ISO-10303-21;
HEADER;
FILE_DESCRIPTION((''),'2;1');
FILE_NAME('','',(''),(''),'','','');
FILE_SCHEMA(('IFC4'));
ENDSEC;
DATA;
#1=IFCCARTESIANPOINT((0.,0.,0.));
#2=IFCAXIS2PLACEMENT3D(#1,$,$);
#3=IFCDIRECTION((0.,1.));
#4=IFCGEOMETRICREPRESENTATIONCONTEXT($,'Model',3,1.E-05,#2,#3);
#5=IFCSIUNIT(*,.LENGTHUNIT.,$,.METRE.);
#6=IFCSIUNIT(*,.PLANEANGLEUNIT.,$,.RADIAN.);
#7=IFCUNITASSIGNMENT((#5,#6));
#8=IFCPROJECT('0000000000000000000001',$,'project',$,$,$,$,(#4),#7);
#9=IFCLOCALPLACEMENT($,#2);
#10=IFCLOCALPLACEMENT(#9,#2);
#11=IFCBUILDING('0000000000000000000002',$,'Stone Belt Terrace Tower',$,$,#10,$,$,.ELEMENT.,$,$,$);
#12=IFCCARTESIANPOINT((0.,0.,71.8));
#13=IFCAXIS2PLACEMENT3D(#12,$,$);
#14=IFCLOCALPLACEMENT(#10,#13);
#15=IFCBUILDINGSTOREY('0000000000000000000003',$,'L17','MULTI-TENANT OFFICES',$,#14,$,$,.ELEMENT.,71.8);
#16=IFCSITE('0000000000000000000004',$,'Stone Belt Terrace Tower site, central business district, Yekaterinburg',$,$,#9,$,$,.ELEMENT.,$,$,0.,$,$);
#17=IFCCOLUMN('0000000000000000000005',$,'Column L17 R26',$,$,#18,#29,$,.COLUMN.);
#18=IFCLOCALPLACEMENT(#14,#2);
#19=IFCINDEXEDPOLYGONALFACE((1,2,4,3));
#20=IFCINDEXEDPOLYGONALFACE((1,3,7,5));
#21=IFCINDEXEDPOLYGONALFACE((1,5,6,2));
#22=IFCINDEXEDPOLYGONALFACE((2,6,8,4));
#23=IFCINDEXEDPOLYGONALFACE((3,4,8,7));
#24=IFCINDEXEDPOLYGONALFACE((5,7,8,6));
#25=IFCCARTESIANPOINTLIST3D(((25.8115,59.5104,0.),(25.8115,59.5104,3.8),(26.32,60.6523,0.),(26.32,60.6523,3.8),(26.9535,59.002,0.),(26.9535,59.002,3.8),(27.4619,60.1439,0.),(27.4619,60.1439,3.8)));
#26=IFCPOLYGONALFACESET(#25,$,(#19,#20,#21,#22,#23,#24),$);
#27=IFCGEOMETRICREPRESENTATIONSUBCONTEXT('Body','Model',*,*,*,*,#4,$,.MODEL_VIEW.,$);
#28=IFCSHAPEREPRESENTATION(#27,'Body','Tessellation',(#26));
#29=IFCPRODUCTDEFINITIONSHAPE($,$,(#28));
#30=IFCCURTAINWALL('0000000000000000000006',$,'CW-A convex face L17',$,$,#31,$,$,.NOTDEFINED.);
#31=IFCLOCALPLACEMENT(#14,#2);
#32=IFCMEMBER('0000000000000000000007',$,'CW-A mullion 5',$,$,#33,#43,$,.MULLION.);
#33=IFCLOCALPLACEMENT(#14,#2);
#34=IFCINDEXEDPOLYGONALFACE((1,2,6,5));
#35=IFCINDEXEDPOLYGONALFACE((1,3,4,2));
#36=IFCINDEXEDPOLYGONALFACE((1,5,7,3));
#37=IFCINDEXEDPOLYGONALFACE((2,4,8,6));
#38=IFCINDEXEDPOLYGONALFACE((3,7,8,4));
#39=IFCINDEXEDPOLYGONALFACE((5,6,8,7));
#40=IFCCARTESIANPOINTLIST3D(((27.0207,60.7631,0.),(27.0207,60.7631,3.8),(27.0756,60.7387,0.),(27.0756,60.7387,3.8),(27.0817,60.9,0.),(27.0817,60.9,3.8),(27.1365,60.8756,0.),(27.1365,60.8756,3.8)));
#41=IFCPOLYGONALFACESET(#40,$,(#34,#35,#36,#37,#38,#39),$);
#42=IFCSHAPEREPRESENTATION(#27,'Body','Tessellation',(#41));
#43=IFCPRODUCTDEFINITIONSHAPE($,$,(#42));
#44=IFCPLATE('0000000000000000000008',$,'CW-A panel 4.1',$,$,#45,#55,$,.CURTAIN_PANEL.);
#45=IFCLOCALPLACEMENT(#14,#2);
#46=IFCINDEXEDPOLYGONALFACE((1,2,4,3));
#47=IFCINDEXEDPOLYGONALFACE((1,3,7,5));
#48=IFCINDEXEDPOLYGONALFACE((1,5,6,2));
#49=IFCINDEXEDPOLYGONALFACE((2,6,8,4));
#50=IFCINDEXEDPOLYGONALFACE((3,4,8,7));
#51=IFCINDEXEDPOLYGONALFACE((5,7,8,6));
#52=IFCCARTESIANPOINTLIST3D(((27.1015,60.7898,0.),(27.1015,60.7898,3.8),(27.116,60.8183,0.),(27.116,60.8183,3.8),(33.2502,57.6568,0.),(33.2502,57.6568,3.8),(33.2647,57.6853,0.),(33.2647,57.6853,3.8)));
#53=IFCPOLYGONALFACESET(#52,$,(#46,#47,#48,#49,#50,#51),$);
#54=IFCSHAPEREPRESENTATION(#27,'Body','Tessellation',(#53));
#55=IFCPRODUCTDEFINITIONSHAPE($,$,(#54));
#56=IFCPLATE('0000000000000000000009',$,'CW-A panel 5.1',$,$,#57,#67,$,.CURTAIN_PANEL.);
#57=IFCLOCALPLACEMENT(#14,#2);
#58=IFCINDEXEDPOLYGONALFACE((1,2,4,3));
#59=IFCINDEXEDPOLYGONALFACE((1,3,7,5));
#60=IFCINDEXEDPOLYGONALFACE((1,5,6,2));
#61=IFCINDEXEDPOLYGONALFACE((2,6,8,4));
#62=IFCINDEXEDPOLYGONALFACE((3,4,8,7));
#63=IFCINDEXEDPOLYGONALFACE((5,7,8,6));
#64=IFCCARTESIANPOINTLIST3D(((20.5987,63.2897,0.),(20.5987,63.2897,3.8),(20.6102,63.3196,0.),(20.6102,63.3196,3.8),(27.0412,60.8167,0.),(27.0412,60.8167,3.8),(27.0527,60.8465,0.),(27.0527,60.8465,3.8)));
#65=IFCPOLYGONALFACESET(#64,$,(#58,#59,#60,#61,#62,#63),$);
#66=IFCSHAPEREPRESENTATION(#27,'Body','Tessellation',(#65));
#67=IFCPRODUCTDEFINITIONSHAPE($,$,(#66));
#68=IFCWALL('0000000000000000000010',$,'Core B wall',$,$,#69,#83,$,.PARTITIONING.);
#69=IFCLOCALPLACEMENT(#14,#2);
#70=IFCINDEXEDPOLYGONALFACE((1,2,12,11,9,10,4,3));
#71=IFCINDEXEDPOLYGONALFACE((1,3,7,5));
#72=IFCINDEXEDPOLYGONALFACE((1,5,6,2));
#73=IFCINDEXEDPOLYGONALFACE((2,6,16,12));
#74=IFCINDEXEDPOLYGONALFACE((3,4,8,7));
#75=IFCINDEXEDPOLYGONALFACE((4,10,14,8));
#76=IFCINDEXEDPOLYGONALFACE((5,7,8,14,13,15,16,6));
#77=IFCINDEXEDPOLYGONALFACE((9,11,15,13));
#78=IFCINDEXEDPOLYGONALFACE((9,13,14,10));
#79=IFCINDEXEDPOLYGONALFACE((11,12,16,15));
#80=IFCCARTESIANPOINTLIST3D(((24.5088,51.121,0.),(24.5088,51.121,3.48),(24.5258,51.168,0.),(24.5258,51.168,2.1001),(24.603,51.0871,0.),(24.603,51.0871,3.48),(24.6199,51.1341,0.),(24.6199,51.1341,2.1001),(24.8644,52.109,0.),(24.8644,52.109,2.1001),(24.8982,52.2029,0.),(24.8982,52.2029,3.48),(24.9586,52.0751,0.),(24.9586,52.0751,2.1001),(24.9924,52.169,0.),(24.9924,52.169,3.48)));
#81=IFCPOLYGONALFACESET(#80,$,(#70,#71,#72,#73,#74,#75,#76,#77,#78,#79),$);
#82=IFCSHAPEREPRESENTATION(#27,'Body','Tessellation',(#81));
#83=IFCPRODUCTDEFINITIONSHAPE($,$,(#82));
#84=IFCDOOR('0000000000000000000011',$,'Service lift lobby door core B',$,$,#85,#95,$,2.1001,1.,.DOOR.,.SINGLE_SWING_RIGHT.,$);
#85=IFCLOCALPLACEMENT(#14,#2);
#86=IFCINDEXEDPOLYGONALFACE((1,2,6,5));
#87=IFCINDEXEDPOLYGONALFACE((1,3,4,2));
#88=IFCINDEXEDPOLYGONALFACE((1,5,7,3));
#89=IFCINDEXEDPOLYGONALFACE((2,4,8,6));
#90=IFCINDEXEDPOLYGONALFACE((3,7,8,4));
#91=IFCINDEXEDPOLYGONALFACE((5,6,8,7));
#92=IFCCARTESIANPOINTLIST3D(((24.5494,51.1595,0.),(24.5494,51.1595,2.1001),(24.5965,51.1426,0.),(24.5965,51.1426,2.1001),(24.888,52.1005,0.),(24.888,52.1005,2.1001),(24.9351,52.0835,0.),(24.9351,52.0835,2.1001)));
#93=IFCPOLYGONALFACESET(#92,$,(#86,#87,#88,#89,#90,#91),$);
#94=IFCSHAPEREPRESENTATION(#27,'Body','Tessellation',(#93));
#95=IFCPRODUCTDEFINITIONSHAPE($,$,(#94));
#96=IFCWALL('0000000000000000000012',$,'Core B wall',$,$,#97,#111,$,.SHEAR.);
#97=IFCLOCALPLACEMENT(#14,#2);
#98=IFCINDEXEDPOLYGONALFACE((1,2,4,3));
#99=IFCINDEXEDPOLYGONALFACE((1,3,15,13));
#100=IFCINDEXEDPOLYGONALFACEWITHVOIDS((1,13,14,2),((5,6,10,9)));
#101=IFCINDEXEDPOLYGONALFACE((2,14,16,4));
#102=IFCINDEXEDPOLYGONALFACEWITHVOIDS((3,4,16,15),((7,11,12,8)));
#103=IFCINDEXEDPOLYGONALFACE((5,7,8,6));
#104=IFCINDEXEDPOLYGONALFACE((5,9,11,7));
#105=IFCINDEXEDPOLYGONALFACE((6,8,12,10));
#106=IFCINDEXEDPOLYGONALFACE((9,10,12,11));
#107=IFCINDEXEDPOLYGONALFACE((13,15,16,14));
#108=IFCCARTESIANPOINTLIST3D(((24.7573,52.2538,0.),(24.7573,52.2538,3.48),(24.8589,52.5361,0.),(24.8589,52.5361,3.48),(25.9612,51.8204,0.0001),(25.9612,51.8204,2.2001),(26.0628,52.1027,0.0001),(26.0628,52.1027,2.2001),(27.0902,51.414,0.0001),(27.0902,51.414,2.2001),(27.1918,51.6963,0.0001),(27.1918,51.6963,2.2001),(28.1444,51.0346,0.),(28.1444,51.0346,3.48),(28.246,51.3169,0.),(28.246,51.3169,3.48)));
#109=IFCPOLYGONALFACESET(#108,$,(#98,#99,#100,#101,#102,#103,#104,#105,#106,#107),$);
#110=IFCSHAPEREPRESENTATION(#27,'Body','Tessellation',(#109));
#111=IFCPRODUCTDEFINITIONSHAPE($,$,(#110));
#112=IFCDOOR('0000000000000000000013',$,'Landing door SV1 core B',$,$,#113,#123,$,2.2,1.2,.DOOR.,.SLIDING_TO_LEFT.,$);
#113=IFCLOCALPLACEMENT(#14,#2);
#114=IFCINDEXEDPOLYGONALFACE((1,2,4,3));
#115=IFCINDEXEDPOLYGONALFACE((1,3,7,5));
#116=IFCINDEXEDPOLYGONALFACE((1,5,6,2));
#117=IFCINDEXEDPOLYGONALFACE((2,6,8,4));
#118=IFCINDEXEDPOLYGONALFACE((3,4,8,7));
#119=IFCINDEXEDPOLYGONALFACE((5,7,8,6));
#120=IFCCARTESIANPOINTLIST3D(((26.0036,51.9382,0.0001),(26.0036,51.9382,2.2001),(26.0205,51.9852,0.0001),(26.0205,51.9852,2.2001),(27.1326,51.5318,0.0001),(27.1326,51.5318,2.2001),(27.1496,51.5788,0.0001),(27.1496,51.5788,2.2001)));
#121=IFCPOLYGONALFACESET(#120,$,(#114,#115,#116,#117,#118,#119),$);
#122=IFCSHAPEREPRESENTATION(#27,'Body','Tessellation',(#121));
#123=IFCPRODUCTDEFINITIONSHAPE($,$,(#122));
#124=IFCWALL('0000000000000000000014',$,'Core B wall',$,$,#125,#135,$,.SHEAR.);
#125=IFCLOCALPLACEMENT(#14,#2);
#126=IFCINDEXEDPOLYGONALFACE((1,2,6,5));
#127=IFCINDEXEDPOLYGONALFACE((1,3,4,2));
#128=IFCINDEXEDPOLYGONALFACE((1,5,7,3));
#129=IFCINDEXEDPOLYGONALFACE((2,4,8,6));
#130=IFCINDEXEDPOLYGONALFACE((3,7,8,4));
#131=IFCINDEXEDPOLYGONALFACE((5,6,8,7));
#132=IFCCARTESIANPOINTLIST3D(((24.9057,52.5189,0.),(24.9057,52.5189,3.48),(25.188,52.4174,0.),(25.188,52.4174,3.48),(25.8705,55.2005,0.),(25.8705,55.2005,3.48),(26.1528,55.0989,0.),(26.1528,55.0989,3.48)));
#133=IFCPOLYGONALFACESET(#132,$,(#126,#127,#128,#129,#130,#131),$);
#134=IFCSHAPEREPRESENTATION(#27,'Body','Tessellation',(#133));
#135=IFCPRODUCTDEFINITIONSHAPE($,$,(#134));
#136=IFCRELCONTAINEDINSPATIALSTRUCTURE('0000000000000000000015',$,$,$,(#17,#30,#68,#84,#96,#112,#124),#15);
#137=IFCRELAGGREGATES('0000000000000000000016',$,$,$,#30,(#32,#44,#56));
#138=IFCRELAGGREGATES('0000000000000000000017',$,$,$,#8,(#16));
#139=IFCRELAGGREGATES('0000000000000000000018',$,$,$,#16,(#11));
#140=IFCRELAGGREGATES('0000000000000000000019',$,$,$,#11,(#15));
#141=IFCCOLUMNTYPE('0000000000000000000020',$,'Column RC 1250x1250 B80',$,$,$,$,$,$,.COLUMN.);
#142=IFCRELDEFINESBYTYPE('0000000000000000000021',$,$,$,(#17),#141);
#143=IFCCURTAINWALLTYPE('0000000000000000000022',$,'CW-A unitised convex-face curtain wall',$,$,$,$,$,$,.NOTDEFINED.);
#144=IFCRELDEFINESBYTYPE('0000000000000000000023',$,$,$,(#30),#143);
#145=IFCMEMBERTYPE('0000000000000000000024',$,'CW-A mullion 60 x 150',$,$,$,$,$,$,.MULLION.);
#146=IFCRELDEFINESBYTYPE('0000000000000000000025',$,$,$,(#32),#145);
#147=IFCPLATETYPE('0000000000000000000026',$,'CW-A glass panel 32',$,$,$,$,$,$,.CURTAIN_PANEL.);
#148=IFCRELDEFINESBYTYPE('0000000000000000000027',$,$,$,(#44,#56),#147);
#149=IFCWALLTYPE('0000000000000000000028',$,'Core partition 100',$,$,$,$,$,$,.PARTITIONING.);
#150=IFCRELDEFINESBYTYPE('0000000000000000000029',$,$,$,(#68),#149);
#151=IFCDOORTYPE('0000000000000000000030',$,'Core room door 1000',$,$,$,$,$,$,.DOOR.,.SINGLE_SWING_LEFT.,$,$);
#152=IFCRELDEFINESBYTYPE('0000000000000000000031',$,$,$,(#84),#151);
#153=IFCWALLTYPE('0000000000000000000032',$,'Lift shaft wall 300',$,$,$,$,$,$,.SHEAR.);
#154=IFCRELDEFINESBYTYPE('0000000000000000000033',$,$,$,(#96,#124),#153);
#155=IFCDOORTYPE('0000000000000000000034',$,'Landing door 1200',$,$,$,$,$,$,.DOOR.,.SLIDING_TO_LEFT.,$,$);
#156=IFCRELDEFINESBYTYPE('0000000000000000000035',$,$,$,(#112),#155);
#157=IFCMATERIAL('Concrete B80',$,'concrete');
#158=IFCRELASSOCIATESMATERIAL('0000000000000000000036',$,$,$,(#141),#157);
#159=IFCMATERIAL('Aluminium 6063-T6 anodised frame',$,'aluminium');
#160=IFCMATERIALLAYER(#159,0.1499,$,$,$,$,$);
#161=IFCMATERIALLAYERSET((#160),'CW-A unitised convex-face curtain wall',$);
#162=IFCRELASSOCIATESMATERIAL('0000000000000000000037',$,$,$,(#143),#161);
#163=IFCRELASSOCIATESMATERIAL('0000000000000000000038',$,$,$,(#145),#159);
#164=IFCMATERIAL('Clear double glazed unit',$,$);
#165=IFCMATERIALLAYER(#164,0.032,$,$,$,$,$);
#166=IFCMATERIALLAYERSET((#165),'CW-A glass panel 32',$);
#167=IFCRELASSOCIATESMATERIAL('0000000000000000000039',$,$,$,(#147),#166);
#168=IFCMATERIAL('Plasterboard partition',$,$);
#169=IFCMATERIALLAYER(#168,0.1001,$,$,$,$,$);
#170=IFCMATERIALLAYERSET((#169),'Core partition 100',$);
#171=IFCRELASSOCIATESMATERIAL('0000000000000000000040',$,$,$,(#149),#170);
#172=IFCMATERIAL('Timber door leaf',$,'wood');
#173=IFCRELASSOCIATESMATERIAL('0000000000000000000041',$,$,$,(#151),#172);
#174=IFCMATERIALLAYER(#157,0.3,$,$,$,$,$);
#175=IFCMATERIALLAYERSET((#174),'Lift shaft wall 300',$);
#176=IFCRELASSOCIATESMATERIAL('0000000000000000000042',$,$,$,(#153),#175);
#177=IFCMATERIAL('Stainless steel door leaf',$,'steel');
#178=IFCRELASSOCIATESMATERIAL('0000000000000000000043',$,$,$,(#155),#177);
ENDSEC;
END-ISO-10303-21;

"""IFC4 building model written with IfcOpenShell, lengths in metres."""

from ifc_helpers import new_model, si_unit, direction, frame, frame_2d, origin, origin_2d, place, context, subcontext, project, spatial, rectangle, extrude, material, layer, layer_set, material_profile, profile_set, type_object, element, fill, aggregate, save


model = new_model("IFC4")

# Units and contexts
model_context = context("Model", 3, precision=1e-05, world=origin(), true_north=direction((0.0, 1.0)))
body_context = subcontext(model_context, "Body", "Model", "MODEL_VIEW")
ifc_project = project(units=[si_unit("LENGTHUNIT", "METRE"), si_unit("PLANEANGLEUNIT", "RADIAN")], contexts=[model_context])

# Site, building, storey
site_placement = place(None, origin())
site = spatial("IfcSite", under=ifc_project, at=site_placement, Name="Stone Belt Terrace Tower site, central business district, Yekaterinburg", CompositionType="ELEMENT", RefElevation=0.0)
building_placement = place(site_placement, origin())
building = spatial("IfcBuilding", under=site, at=building_placement, Name="Stone Belt Terrace Tower", CompositionType="ELEMENT")
storey_placement = place(building_placement, frame((0.0, 0.0, 71.8)))
storey = spatial("IfcBuildingStorey", under=building, at=storey_placement, Name="L17", Description="MULTI-TENANT OFFICES", CompositionType="ELEMENT", Elevation=71.8)

# Column
ifc_material_1 = material(Name="Concrete B80", Category="concrete")
ifc_material_profile_1 = material_profile(ifc_material_1, rectangle(XDim=1.25, YDim=1.25, at=origin_2d()), Name="RC 1250x1250")
ifc_profile_set_1 = profile_set([ifc_material_profile_1], Name="Concrete B80")
column_type = type_object("IfcColumnType", Name="Column RC 1250x1250 B80", PredefinedType="COLUMN", material=ifc_profile_set_1)
column_placement = place(storey_placement, frame((26.6367, 59.8271, 0.0), z_axis=(0.0, 0.0, 1.0), x_axis=(0.913545, -0.406737, 0.0)))
element("IfcColumn", 1, at=column_placement, inside=storey, type_object=column_type, Name="Column L17 R26", PredefinedType="COLUMN", context=body_context, shape_type="SweptSolid", body=[
    extrude(rectangle(XDim=1.25, YDim=1.25, at=origin_2d()), origin(), (0.0, 0.0, 1.0), 3.8),
])

# Curtain wall, member, plates
ifc_material_2 = material(Name="Aluminium 6063-T6 anodised frame", Category="aluminium")
ifc_layer_1 = layer(ifc_material_2, 0.1499)
ifc_layer_set_1 = layer_set([ifc_layer_1], Name="CW-A unitised convex-face curtain wall")
curtain_wall_type = type_object("IfcCurtainWallType", Name="CW-A unitised convex-face curtain wall", PredefinedType="NOTDEFINED", material=ifc_layer_set_1)
curtain_wall_placement = place(storey_placement, origin())
curtain_wall = element("IfcCurtainWall", 2, at=curtain_wall_placement, inside=storey, type_object=curtain_wall_type, Name="CW-A convex face L17", PredefinedType="NOTDEFINED")
ifc_material_profile_2 = material_profile(ifc_material_2, rectangle(XDim=0.1499, YDim=0.0601, at=origin_2d()), Name="Aluminium 6063-T6 60x150")
ifc_profile_set_2 = profile_set([ifc_material_profile_2], Name="Aluminium 6063-T6 anodised frame")
member_type = type_object("IfcMemberType", Name="CW-A mullion 60 x 150", PredefinedType="MULLION", material=ifc_profile_set_2)
member_placement = place(storey_placement, frame((27.0786, 60.8193, 0.0), z_axis=(0.0, 0.0, 1.0), x_axis=(-0.406737, -0.913545, 0.0)))
member = element("IfcMember", 3, at=member_placement, type_object=member_type, Name="CW-A mullion 5", PredefinedType="MULLION", context=body_context, shape_type="SweptSolid", body=[
    extrude(rectangle(XDim=0.1499, YDim=0.0601, at=origin_2d()), origin(), (0.0, 0.0, 1.0), 3.8),
])
ifc_material_3 = material(Name="Clear double glazed unit")
ifc_layer_2 = layer(ifc_material_3, 0.032)
ifc_layer_set_2 = layer_set([ifc_layer_2], Name="CW-A glass panel 32")
plate_type = type_object("IfcPlateType", Name="CW-A glass panel 32", PredefinedType="CURTAIN_PANEL", material=ifc_layer_set_2)
plate_1_placement = place(storey_placement, frame((30.1831, 59.2375, 0.0), z_axis=(0.0, 0.0, 1.0), x_axis=(-0.891007, 0.45399, 0.0)))
plate_1 = element("IfcPlate", 4, at=plate_1_placement, type_object=plate_type, Name="CW-A panel 4.1", PredefinedType="CURTAIN_PANEL", context=body_context, shape_type="SweptSolid", body=[
    extrude(rectangle(XDim=6.9009, YDim=0.032, at=origin_2d()), origin(), (0.0, 0.0, 1.0), 3.8),
])
plate_2_placement = place(storey_placement, frame((23.8257, 62.0681, 0.0), z_axis=(0.0, 0.0, 1.0), x_axis=(-0.93358, 0.358368, 0.0)))
plate_2 = element("IfcPlate", 5, at=plate_2_placement, type_object=plate_type, Name="CW-A panel 5.1", PredefinedType="CURTAIN_PANEL", context=body_context, shape_type="SweptSolid", body=[
    extrude(rectangle(XDim=6.9009, YDim=0.032, at=origin_2d()), origin(), (0.0, 0.0, 1.0), 3.8),
])
aggregate(curtain_wall, [member, plate_1, plate_2])

# Walls, openings, doors
ifc_material_4 = material(Name="Plasterboard partition")
ifc_layer_3 = layer(ifc_material_4, 0.1001)
ifc_layer_set_3 = layer_set([ifc_layer_3], Name="Core partition 100")
wall_type_1 = type_object("IfcWallType", Name="Core partition 100", PredefinedType="PARTITIONING", material=ifc_layer_set_3)
wall_1_placement = place(storey_placement, frame((24.5559, 51.104, 0.0), z_axis=(0.0, 0.0, 1.0), x_axis=(0.338622, 0.940923, 0.0)))
wall_1 = element("IfcWall", 6, at=wall_1_placement, inside=storey, type_object=wall_type_1, Name="Core B wall", PredefinedType="PARTITIONING", context=body_context, shape_type="SweptSolid", body=[
    extrude(rectangle(XDim=1.1499, YDim=0.1001, at=frame_2d((0.575, 0.0))), origin(), (0.0, 0.0, 1.0), 3.48),
])
opening_1_placement = place(wall_1_placement, frame((0.05, 0.0, 0.0)))
opening_1 = element("IfcOpeningElement", 7, at=opening_1_placement, cuts=wall_1, PredefinedType="OPENING", context=body_context, shape_type="SweptSolid", body=[
    extrude(rectangle(XDim=1.0, YDim=2.1001, at=frame_2d((0.5, 1.05))), frame((0.0, 0.0601, 0.0), z_axis=(0.0, -1.0, 0.0), x_axis=(1.0, 0.0, 0.0)), (0.0, 0.0, 1.0), 0.1201),
])
ifc_material_5 = material(Name="Timber door leaf", Category="wood")
door_type_1 = type_object("IfcDoorType", Name="Core room door 1000", OperationType="SINGLE_SWING_LEFT", PredefinedType="DOOR", material=ifc_material_5)
door_1_placement = place(opening_1_placement, origin())
door_1 = element("IfcDoor", 8, at=door_1_placement, inside=storey, type_object=door_type_1, Name="Service lift lobby door core B", OperationType="SINGLE_SWING_RIGHT", OverallHeight=2.1001, OverallWidth=1.0, PredefinedType="DOOR", context=body_context, shape_type="SweptSolid", body=[
    extrude(rectangle(XDim=1.0, YDim=2.1001, at=frame_2d((0.5, 1.05))), frame((0.0, 0.0249, 0.0), z_axis=(0.0, -1.0, 0.0), x_axis=(1.0, 0.0, 0.0)), (0.0, 0.0, 1.0), 0.05),
])
fill(opening_1, door_1)
ifc_layer_4 = layer(ifc_material_1, 0.3)
ifc_layer_set_4 = layer_set([ifc_layer_4], Name="Lift shaft wall 300")
wall_type_2 = type_object("IfcWallType", Name="Lift shaft wall 300", PredefinedType="SHEAR", material=ifc_layer_set_4)
wall_2_placement = place(storey_placement, frame((28.1951, 51.1758, 0.0), z_axis=(0.0, 0.0, 1.0), x_axis=(-0.940901, 0.338681, 0.0)))
wall_2 = element("IfcWall", 9, at=wall_2_placement, inside=storey, type_object=wall_type_2, Name="Core B wall", PredefinedType="SHEAR", context=body_context, shape_type="SweptSolid", body=[
    extrude(rectangle(XDim=3.5999, YDim=0.3, at=frame_2d((1.7998, 0.0))), origin(), (0.0, 0.0, 1.0), 3.48),
])
opening_2_placement = place(wall_2_placement, frame((1.1201, 0.0, 0.0)))
opening_2 = element("IfcOpeningElement", 10, at=opening_2_placement, cuts=wall_2, PredefinedType="OPENING", context=body_context, shape_type="SweptSolid", body=[
    extrude(rectangle(XDim=1.2, YDim=2.2, at=frame_2d((0.6001, 1.1001))), frame((0.0, 0.1599, 0.0), z_axis=(0.0, -1.0, 0.0), x_axis=(1.0, 0.0, 0.0)), (0.0, 0.0, 1.0), 0.3201),
])
ifc_material_6 = material(Name="Stainless steel door leaf", Category="steel")
door_type_2 = type_object("IfcDoorType", Name="Landing door 1200", OperationType="SLIDING_TO_LEFT", PredefinedType="DOOR", material=ifc_material_6)
door_2_placement = place(opening_2_placement, origin())
door_2 = element("IfcDoor", 11, at=door_2_placement, inside=storey, type_object=door_type_2, Name="Landing door SV1 core B", OperationType="SLIDING_TO_LEFT", OverallHeight=2.2, OverallWidth=1.2, PredefinedType="DOOR", context=body_context, shape_type="SweptSolid", body=[
    extrude(rectangle(XDim=1.2, YDim=2.2, at=frame_2d((0.6001, 1.1001))), frame((0.0, 0.0249, 0.0), z_axis=(0.0, -1.0, 0.0), x_axis=(1.0, 0.0, 0.0)), (0.0, 0.0, 1.0), 0.05),
])
fill(opening_2, door_2)

# Wall
wall_3_placement = place(storey_placement, frame((25.0469, 52.4683, 0.0), z_axis=(0.0, 0.0, 1.0), x_axis=(0.33855, 0.940949, 0.0)))
element("IfcWall", 12, at=wall_3_placement, inside=storey, type_object=wall_type_2, Name="Core B wall", PredefinedType="SHEAR", context=body_context, shape_type="SweptSolid", body=[
    extrude(rectangle(XDim=2.8499, YDim=0.3, at=frame_2d((1.4248, 0.0))), origin(), (0.0, 0.0, 1.0), 3.48),
])

save(model, "model.ifc")
